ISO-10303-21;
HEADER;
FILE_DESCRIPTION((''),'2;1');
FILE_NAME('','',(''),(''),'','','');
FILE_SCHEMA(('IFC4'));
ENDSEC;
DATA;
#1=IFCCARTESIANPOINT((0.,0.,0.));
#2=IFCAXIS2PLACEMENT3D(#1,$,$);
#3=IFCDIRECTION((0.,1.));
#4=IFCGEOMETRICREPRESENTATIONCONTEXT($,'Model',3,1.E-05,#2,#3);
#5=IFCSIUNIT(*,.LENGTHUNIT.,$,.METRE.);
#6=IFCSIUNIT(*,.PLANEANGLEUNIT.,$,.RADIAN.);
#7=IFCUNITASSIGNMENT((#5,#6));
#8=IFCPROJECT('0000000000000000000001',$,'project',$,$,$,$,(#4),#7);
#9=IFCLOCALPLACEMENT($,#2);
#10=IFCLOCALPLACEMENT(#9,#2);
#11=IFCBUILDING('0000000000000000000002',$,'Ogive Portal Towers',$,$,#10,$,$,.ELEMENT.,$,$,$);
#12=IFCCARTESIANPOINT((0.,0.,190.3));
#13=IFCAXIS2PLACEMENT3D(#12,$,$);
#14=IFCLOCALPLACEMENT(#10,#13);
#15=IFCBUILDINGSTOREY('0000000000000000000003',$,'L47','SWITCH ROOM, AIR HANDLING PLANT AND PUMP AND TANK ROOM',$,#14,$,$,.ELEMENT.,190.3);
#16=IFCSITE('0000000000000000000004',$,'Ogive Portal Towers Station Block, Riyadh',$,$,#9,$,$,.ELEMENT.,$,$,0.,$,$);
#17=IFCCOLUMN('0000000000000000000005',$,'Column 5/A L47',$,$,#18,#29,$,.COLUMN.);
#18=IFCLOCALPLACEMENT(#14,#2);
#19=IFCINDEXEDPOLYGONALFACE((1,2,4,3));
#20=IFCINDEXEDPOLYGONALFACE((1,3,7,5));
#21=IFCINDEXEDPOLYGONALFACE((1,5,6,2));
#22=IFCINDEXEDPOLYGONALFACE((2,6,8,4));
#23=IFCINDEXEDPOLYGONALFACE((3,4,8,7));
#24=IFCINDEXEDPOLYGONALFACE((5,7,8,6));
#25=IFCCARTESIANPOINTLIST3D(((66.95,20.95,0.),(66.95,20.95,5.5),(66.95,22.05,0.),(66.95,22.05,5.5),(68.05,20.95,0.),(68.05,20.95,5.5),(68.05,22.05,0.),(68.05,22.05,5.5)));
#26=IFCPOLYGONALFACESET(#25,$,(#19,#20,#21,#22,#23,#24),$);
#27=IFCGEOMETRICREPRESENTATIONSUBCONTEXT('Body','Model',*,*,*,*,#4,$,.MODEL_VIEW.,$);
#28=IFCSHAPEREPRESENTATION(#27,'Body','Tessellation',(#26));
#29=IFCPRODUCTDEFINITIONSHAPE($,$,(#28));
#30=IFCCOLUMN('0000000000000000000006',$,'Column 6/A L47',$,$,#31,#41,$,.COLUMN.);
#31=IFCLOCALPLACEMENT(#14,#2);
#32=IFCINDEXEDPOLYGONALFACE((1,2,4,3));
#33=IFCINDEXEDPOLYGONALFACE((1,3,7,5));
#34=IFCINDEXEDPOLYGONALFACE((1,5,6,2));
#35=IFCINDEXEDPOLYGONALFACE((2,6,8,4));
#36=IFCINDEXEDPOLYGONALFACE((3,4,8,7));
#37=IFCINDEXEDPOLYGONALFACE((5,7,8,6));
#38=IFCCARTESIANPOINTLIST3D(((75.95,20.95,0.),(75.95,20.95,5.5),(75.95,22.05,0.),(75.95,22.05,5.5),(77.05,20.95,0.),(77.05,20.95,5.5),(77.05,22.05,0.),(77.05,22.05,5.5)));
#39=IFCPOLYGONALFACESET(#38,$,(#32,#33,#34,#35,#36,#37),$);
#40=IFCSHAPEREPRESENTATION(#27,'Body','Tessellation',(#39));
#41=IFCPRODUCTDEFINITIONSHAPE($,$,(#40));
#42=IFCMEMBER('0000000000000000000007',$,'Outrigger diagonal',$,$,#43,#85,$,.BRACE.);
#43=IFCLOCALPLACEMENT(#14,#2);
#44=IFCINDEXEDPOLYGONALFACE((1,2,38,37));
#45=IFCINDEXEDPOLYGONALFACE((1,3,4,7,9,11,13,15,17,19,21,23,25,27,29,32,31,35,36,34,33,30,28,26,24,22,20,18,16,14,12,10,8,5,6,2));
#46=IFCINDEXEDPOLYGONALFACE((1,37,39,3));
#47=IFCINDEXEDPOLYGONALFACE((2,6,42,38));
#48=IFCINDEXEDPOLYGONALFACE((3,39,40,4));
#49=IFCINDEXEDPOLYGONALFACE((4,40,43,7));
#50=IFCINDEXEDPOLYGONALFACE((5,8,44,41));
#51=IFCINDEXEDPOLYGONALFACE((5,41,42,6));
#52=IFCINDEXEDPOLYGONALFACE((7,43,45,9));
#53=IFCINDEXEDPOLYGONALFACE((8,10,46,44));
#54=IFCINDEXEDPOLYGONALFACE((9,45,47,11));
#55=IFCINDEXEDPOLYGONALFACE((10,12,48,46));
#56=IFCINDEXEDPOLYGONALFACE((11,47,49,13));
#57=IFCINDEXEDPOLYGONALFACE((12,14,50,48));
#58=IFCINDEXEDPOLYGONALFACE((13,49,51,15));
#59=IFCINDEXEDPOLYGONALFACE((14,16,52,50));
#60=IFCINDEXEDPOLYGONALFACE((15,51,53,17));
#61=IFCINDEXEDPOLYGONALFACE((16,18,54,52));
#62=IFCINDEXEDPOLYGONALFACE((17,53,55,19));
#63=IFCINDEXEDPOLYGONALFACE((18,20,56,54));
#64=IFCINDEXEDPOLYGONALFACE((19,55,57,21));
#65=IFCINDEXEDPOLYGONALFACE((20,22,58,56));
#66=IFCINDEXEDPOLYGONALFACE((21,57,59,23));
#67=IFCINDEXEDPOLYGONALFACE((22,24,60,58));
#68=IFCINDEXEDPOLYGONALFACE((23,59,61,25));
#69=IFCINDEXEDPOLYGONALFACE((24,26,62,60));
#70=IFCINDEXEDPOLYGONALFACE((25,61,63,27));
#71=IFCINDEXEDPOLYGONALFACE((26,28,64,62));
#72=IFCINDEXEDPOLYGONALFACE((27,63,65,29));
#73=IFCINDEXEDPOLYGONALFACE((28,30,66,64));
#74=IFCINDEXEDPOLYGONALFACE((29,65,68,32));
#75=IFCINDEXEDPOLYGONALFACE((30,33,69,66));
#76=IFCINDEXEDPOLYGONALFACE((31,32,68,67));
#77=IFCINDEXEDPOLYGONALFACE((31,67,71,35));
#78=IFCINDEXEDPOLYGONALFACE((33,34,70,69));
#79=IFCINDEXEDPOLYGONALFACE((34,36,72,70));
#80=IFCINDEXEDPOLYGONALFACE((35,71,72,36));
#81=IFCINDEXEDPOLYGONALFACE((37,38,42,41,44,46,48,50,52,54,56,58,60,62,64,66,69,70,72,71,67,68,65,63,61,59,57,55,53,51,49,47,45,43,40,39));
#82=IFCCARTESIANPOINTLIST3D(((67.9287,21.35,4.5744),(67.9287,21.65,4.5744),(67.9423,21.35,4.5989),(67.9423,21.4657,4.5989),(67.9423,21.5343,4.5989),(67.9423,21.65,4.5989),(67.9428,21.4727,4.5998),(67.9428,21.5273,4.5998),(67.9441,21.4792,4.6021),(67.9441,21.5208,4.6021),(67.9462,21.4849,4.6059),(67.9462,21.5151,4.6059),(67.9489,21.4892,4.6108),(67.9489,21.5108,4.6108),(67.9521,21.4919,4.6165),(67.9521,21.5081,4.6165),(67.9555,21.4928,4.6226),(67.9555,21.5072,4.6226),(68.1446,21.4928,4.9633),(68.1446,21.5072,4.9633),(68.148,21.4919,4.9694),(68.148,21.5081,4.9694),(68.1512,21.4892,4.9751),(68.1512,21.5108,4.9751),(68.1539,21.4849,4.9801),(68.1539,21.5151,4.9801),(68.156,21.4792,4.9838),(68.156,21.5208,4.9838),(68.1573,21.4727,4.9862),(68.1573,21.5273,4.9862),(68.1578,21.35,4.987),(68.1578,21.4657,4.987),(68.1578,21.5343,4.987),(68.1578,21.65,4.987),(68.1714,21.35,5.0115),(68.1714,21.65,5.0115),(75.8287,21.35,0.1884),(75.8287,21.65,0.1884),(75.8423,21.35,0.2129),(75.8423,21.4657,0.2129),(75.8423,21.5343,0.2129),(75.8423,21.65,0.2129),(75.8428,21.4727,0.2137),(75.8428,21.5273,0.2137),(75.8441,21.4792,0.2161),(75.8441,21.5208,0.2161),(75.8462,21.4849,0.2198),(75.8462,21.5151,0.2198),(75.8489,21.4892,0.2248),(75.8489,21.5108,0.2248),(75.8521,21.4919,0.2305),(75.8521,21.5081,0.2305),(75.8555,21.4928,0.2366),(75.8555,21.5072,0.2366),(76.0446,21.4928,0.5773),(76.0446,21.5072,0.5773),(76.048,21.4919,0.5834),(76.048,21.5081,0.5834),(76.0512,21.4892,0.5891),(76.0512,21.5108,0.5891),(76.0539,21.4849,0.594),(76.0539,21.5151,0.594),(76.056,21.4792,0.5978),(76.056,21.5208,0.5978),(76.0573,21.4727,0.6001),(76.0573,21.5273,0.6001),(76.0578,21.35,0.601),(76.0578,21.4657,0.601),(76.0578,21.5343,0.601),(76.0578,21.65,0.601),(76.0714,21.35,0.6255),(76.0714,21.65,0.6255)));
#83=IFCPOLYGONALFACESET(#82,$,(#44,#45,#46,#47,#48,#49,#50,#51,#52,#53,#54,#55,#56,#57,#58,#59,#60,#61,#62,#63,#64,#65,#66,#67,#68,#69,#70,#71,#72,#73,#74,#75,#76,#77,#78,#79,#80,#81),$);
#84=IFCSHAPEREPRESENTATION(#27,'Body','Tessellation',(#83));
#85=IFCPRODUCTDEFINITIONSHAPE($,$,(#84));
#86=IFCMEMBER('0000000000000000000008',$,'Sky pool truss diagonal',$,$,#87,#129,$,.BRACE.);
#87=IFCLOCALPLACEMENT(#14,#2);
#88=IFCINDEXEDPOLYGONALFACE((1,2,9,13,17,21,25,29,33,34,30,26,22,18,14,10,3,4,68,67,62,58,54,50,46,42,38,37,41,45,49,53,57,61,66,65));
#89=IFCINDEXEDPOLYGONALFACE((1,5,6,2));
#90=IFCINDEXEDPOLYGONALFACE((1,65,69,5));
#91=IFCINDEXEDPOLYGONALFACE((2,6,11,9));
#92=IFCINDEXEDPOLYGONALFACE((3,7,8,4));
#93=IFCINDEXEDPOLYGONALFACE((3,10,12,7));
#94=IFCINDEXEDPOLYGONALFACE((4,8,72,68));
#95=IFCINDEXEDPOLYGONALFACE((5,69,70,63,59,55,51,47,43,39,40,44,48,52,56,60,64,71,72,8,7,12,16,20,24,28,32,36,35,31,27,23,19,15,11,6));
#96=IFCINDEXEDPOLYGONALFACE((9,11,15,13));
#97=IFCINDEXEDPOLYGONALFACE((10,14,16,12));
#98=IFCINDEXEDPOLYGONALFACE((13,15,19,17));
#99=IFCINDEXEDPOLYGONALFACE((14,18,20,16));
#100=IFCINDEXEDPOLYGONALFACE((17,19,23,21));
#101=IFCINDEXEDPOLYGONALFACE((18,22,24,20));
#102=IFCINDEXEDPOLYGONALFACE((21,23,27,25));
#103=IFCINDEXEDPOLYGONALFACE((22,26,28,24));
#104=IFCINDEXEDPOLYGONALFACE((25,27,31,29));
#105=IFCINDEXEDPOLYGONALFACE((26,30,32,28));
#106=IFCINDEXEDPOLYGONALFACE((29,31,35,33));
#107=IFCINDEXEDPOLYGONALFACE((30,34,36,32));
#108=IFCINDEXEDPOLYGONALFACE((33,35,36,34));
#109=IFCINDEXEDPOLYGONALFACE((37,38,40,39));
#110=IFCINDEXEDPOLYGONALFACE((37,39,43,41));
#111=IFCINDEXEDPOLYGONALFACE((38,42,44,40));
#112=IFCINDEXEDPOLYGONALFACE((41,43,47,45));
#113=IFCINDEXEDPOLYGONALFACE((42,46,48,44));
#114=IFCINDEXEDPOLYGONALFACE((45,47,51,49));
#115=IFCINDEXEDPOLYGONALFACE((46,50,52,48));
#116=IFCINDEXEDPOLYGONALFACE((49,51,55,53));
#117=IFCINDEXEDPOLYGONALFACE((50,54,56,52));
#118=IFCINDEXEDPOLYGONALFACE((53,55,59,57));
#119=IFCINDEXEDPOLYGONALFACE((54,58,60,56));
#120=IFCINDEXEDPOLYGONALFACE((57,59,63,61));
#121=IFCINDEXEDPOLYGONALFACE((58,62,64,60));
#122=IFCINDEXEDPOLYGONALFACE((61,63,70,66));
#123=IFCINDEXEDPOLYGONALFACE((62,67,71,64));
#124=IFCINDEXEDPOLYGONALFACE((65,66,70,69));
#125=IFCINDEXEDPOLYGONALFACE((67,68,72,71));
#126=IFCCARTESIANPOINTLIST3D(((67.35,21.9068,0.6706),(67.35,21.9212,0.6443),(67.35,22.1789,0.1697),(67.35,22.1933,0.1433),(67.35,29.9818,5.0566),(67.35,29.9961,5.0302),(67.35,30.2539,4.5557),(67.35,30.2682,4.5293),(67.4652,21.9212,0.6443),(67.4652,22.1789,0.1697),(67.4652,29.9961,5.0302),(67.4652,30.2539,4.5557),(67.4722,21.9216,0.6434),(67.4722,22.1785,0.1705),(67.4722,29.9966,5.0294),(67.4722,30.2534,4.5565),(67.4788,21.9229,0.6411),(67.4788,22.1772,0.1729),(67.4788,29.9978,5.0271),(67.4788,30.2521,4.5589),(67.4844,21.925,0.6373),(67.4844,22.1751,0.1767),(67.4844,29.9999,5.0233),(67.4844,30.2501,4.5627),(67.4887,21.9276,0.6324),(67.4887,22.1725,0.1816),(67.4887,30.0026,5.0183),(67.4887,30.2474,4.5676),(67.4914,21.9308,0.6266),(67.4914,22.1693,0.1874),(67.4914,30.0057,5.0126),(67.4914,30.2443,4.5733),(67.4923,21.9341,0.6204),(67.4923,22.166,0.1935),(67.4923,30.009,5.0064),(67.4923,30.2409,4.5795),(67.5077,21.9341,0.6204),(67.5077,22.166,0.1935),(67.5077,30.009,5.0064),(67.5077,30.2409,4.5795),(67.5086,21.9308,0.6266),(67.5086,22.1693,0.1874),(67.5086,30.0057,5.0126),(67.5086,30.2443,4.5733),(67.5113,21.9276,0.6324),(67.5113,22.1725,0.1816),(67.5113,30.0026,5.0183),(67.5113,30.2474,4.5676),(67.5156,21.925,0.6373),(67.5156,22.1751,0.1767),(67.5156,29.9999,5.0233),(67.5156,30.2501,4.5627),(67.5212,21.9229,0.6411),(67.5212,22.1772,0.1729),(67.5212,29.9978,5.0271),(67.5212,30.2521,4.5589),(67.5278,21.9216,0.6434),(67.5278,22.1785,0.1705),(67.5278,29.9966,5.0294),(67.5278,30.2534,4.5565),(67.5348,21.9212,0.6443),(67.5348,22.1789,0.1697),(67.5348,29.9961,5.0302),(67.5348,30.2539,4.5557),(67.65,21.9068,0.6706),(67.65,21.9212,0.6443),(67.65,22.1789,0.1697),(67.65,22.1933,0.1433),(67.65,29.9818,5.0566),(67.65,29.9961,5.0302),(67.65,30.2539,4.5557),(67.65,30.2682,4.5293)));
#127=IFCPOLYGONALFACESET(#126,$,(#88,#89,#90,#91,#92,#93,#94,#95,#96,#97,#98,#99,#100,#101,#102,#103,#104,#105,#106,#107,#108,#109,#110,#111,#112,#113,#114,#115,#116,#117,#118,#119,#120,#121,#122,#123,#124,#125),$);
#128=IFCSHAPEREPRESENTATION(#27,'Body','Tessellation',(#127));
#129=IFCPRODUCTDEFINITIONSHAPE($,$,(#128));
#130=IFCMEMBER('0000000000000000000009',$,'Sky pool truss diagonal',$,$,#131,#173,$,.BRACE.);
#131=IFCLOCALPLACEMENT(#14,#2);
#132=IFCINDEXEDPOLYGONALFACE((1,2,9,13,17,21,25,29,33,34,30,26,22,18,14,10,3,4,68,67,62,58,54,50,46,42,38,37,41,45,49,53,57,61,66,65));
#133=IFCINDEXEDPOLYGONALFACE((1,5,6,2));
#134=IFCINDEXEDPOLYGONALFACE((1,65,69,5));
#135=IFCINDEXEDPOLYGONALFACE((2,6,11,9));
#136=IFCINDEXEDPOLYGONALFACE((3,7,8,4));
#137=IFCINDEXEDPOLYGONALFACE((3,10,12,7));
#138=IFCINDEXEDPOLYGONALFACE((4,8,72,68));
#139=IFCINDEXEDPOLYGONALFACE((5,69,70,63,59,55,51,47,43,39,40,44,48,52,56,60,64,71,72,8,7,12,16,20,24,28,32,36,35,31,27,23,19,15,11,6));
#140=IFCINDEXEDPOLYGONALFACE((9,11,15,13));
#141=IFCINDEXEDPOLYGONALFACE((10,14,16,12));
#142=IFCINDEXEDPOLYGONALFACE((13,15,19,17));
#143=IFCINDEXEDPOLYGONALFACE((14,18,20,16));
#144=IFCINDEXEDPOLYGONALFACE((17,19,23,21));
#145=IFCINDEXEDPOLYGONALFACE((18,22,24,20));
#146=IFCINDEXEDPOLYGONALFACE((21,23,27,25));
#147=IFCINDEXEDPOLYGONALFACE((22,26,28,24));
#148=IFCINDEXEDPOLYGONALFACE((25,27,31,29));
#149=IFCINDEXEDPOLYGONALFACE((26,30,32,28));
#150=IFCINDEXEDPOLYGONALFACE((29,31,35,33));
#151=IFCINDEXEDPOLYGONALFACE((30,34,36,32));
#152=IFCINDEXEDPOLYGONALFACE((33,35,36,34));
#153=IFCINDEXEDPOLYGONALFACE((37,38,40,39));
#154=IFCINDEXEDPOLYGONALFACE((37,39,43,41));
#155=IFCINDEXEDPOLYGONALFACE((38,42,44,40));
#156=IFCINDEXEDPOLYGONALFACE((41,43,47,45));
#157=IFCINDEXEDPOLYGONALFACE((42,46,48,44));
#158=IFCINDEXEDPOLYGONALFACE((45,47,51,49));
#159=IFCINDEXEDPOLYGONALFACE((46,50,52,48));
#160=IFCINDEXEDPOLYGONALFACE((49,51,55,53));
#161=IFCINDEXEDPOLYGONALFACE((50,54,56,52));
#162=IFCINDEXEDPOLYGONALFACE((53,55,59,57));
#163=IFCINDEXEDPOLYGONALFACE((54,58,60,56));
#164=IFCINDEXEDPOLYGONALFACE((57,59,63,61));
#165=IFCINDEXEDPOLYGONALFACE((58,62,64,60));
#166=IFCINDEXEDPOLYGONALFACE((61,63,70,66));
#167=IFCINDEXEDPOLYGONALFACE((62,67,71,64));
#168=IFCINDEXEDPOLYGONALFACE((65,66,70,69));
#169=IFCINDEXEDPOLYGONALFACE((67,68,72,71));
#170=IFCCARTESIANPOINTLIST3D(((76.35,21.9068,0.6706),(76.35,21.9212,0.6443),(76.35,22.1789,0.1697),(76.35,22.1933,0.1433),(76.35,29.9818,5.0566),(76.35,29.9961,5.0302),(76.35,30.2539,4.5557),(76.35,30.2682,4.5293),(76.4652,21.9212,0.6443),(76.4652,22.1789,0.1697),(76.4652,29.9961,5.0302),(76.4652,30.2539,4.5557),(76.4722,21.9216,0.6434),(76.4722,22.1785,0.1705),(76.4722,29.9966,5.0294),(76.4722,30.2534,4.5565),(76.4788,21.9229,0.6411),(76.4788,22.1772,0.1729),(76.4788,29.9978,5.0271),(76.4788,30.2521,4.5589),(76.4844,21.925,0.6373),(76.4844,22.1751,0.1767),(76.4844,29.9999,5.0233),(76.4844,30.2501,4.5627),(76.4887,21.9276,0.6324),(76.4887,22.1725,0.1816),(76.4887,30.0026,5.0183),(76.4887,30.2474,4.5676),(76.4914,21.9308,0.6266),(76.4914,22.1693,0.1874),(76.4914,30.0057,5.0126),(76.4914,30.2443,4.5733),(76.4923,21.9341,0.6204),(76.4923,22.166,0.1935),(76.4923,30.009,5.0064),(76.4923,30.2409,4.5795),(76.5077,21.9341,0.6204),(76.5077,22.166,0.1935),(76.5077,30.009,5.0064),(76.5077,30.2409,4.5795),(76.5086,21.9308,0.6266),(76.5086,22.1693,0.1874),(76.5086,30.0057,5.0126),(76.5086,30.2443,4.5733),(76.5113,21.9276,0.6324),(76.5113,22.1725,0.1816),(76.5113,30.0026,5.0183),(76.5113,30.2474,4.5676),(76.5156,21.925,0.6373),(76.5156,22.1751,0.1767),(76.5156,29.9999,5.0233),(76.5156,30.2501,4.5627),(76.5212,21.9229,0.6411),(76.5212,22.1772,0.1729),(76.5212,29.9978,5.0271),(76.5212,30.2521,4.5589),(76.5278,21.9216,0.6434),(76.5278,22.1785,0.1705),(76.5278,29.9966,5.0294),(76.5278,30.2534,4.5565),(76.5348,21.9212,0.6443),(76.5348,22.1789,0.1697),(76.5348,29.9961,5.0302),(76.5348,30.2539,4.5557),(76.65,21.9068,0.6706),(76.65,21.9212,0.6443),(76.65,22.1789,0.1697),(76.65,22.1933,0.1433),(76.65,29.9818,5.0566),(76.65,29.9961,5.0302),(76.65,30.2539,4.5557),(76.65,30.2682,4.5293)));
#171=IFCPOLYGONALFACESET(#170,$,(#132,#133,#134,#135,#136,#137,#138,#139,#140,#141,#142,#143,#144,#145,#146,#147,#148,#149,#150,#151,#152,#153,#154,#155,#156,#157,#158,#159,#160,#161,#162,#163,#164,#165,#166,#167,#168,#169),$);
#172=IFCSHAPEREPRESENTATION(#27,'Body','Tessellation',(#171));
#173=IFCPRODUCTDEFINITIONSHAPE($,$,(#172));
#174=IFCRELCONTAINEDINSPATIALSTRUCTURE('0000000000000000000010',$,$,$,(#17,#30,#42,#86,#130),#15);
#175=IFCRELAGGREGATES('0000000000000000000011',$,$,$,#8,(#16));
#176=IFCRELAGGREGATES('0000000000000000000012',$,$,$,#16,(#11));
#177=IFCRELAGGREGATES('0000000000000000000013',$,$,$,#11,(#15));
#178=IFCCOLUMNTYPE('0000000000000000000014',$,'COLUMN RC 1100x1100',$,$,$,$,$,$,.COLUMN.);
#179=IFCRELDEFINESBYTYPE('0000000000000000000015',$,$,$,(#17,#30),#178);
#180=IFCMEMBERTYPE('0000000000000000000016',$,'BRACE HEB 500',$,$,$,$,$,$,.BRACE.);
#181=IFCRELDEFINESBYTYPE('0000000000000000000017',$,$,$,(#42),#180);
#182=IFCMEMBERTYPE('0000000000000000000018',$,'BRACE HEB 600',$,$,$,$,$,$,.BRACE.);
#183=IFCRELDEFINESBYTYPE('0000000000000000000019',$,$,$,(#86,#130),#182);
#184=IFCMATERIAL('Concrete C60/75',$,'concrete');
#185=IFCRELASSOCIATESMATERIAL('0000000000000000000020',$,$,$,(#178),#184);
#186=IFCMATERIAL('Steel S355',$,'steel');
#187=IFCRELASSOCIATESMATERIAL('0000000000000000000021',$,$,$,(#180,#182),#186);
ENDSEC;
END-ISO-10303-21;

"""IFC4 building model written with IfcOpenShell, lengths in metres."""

from ifc_helpers import new_model, si_unit, direction, frame, origin, origin_2d, place, context, subcontext, project, spatial, rectangle, i_section, extrude, material, material_profile, profile_set, type_object, element, save


model = new_model("IFC4")

# Units and contexts
model_context = context("Model", 3, precision=1e-05, world=origin(), true_north=direction((0.0, 1.0)))
body_context = subcontext(model_context, "Body", "Model", "MODEL_VIEW")
ifc_project = project(units=[si_unit("LENGTHUNIT", "METRE"), si_unit("PLANEANGLEUNIT", "RADIAN")], contexts=[model_context])

# Site, building, storey
site_placement = place(None, origin())
site = spatial("IfcSite", under=ifc_project, at=site_placement, Name="Ogive Portal Towers Station Block, Riyadh", CompositionType="ELEMENT", RefElevation=0.0)
building_placement = place(site_placement, origin())
building = spatial("IfcBuilding", under=site, at=building_placement, Name="Ogive Portal Towers", CompositionType="ELEMENT")
storey_placement = place(building_placement, frame((0.0, 0.0, 190.3)))
storey = spatial("IfcBuildingStorey", under=building, at=storey_placement, Name="L47", Description="SWITCH ROOM, AIR HANDLING PLANT AND PUMP AND TANK ROOM", CompositionType="ELEMENT", Elevation=190.3)

# Columns
ifc_material_1 = material(Name="Concrete C60/75", Category="concrete")
ifc_material_profile_1 = material_profile(ifc_material_1, rectangle(XDim=1.1001, YDim=1.1001, at=origin_2d()), Name="RC 1100x1100")
ifc_profile_set_1 = profile_set([ifc_material_profile_1], Name="Concrete C60/75")
column_type = type_object("IfcColumnType", Name="COLUMN RC 1100x1100", PredefinedType="COLUMN", material=ifc_profile_set_1)
for number, where, z_axis, x_axis, name in (
    (1, (67.5, 21.5, 0.0), (0.0, 0.0, 1.0), (1.0, 0.0, 0.0), "Column 5/A L47"),
    (2, (76.5, 21.5, 0.0), (0.0, 0.0, 1.0), (1.0, 0.0, 0.0), "Column 6/A L47"),
):
    element("IfcColumn", number, at=place(storey_placement, frame(where, z_axis=z_axis, x_axis=x_axis)), inside=storey, type_object=column_type, Name=name, PredefinedType="COLUMN", context=body_context, shape_type="SweptSolid", body=[
        extrude(rectangle(XDim=1.1001, YDim=1.1001, at=origin_2d()), origin(), (0.0, 0.0, 1.0), 5.5),
    ])

# Members
ifc_material_2 = material(Name="Steel S355", Category="steel")
ifc_material_profile_2 = material_profile(ifc_material_2, i_section(OverallWidth=0.3, OverallDepth=0.5, WebThickness=0.0144, FlangeThickness=0.0281, FilletRadius=0.0271, at=origin_2d()), Name="HEB 500")
ifc_profile_set_2 = profile_set([ifc_material_profile_2], Name="Steel S355")
member_type_1 = type_object("IfcMemberType", Name="BRACE HEB 500", PredefinedType="BRACE", material=ifc_profile_set_2)
member_placement = place(storey_placement, frame((68.05, 21.5, 4.793), z_axis=(0.874291, 0.0, -0.485402), x_axis=(0.0, 1.0, 0.0)))
element("IfcMember", 3, at=member_placement, inside=storey, type_object=member_type_1, Name="Outrigger diagonal", PredefinedType="BRACE", context=body_context, shape_type="SweptSolid", body=[
    extrude(i_section(OverallWidth=0.3, OverallDepth=0.5, WebThickness=0.0144, FlangeThickness=0.0281, FilletRadius=0.0271, at=origin_2d()), origin(), (0.0, 0.0, 1.0), 9.0359),
])
ifc_material_profile_3 = material_profile(ifc_material_2, i_section(OverallWidth=0.3, OverallDepth=0.6001, WebThickness=0.0154, FlangeThickness=0.03, FilletRadius=0.0271, at=origin_2d()), Name="HEB 600")
ifc_profile_set_3 = profile_set([ifc_material_profile_3], Name="Steel S355")
member_type_2 = type_object("IfcMemberType", Name="BRACE HEB 600", PredefinedType="BRACE", material=ifc_profile_set_3)
for number, where, z_axis, x_axis, name in (
    (4, (67.5, 22.05, 0.407), (0.0, 0.878742, 0.477297), (-1.0, 0.0, 0.0), "Sky pool truss diagonal"),
    (5, (76.5, 22.05, 0.407), (0.0, 0.878742, 0.477297), (-1.0, 0.0, 0.0), "Sky pool truss diagonal"),
):
    element("IfcMember", number, at=place(storey_placement, frame(where, z_axis=z_axis, x_axis=x_axis)), inside=storey, type_object=member_type_2, Name=name, PredefinedType="BRACE", context=body_context, shape_type="SweptSolid", body=[
        extrude(i_section(OverallWidth=0.3, OverallDepth=0.6001, WebThickness=0.0154, FlangeThickness=0.03, FilletRadius=0.0271, at=origin_2d()), origin(), (0.0, 0.0, 1.0), 9.1892),
    ])

save(model, "model.ifc")
